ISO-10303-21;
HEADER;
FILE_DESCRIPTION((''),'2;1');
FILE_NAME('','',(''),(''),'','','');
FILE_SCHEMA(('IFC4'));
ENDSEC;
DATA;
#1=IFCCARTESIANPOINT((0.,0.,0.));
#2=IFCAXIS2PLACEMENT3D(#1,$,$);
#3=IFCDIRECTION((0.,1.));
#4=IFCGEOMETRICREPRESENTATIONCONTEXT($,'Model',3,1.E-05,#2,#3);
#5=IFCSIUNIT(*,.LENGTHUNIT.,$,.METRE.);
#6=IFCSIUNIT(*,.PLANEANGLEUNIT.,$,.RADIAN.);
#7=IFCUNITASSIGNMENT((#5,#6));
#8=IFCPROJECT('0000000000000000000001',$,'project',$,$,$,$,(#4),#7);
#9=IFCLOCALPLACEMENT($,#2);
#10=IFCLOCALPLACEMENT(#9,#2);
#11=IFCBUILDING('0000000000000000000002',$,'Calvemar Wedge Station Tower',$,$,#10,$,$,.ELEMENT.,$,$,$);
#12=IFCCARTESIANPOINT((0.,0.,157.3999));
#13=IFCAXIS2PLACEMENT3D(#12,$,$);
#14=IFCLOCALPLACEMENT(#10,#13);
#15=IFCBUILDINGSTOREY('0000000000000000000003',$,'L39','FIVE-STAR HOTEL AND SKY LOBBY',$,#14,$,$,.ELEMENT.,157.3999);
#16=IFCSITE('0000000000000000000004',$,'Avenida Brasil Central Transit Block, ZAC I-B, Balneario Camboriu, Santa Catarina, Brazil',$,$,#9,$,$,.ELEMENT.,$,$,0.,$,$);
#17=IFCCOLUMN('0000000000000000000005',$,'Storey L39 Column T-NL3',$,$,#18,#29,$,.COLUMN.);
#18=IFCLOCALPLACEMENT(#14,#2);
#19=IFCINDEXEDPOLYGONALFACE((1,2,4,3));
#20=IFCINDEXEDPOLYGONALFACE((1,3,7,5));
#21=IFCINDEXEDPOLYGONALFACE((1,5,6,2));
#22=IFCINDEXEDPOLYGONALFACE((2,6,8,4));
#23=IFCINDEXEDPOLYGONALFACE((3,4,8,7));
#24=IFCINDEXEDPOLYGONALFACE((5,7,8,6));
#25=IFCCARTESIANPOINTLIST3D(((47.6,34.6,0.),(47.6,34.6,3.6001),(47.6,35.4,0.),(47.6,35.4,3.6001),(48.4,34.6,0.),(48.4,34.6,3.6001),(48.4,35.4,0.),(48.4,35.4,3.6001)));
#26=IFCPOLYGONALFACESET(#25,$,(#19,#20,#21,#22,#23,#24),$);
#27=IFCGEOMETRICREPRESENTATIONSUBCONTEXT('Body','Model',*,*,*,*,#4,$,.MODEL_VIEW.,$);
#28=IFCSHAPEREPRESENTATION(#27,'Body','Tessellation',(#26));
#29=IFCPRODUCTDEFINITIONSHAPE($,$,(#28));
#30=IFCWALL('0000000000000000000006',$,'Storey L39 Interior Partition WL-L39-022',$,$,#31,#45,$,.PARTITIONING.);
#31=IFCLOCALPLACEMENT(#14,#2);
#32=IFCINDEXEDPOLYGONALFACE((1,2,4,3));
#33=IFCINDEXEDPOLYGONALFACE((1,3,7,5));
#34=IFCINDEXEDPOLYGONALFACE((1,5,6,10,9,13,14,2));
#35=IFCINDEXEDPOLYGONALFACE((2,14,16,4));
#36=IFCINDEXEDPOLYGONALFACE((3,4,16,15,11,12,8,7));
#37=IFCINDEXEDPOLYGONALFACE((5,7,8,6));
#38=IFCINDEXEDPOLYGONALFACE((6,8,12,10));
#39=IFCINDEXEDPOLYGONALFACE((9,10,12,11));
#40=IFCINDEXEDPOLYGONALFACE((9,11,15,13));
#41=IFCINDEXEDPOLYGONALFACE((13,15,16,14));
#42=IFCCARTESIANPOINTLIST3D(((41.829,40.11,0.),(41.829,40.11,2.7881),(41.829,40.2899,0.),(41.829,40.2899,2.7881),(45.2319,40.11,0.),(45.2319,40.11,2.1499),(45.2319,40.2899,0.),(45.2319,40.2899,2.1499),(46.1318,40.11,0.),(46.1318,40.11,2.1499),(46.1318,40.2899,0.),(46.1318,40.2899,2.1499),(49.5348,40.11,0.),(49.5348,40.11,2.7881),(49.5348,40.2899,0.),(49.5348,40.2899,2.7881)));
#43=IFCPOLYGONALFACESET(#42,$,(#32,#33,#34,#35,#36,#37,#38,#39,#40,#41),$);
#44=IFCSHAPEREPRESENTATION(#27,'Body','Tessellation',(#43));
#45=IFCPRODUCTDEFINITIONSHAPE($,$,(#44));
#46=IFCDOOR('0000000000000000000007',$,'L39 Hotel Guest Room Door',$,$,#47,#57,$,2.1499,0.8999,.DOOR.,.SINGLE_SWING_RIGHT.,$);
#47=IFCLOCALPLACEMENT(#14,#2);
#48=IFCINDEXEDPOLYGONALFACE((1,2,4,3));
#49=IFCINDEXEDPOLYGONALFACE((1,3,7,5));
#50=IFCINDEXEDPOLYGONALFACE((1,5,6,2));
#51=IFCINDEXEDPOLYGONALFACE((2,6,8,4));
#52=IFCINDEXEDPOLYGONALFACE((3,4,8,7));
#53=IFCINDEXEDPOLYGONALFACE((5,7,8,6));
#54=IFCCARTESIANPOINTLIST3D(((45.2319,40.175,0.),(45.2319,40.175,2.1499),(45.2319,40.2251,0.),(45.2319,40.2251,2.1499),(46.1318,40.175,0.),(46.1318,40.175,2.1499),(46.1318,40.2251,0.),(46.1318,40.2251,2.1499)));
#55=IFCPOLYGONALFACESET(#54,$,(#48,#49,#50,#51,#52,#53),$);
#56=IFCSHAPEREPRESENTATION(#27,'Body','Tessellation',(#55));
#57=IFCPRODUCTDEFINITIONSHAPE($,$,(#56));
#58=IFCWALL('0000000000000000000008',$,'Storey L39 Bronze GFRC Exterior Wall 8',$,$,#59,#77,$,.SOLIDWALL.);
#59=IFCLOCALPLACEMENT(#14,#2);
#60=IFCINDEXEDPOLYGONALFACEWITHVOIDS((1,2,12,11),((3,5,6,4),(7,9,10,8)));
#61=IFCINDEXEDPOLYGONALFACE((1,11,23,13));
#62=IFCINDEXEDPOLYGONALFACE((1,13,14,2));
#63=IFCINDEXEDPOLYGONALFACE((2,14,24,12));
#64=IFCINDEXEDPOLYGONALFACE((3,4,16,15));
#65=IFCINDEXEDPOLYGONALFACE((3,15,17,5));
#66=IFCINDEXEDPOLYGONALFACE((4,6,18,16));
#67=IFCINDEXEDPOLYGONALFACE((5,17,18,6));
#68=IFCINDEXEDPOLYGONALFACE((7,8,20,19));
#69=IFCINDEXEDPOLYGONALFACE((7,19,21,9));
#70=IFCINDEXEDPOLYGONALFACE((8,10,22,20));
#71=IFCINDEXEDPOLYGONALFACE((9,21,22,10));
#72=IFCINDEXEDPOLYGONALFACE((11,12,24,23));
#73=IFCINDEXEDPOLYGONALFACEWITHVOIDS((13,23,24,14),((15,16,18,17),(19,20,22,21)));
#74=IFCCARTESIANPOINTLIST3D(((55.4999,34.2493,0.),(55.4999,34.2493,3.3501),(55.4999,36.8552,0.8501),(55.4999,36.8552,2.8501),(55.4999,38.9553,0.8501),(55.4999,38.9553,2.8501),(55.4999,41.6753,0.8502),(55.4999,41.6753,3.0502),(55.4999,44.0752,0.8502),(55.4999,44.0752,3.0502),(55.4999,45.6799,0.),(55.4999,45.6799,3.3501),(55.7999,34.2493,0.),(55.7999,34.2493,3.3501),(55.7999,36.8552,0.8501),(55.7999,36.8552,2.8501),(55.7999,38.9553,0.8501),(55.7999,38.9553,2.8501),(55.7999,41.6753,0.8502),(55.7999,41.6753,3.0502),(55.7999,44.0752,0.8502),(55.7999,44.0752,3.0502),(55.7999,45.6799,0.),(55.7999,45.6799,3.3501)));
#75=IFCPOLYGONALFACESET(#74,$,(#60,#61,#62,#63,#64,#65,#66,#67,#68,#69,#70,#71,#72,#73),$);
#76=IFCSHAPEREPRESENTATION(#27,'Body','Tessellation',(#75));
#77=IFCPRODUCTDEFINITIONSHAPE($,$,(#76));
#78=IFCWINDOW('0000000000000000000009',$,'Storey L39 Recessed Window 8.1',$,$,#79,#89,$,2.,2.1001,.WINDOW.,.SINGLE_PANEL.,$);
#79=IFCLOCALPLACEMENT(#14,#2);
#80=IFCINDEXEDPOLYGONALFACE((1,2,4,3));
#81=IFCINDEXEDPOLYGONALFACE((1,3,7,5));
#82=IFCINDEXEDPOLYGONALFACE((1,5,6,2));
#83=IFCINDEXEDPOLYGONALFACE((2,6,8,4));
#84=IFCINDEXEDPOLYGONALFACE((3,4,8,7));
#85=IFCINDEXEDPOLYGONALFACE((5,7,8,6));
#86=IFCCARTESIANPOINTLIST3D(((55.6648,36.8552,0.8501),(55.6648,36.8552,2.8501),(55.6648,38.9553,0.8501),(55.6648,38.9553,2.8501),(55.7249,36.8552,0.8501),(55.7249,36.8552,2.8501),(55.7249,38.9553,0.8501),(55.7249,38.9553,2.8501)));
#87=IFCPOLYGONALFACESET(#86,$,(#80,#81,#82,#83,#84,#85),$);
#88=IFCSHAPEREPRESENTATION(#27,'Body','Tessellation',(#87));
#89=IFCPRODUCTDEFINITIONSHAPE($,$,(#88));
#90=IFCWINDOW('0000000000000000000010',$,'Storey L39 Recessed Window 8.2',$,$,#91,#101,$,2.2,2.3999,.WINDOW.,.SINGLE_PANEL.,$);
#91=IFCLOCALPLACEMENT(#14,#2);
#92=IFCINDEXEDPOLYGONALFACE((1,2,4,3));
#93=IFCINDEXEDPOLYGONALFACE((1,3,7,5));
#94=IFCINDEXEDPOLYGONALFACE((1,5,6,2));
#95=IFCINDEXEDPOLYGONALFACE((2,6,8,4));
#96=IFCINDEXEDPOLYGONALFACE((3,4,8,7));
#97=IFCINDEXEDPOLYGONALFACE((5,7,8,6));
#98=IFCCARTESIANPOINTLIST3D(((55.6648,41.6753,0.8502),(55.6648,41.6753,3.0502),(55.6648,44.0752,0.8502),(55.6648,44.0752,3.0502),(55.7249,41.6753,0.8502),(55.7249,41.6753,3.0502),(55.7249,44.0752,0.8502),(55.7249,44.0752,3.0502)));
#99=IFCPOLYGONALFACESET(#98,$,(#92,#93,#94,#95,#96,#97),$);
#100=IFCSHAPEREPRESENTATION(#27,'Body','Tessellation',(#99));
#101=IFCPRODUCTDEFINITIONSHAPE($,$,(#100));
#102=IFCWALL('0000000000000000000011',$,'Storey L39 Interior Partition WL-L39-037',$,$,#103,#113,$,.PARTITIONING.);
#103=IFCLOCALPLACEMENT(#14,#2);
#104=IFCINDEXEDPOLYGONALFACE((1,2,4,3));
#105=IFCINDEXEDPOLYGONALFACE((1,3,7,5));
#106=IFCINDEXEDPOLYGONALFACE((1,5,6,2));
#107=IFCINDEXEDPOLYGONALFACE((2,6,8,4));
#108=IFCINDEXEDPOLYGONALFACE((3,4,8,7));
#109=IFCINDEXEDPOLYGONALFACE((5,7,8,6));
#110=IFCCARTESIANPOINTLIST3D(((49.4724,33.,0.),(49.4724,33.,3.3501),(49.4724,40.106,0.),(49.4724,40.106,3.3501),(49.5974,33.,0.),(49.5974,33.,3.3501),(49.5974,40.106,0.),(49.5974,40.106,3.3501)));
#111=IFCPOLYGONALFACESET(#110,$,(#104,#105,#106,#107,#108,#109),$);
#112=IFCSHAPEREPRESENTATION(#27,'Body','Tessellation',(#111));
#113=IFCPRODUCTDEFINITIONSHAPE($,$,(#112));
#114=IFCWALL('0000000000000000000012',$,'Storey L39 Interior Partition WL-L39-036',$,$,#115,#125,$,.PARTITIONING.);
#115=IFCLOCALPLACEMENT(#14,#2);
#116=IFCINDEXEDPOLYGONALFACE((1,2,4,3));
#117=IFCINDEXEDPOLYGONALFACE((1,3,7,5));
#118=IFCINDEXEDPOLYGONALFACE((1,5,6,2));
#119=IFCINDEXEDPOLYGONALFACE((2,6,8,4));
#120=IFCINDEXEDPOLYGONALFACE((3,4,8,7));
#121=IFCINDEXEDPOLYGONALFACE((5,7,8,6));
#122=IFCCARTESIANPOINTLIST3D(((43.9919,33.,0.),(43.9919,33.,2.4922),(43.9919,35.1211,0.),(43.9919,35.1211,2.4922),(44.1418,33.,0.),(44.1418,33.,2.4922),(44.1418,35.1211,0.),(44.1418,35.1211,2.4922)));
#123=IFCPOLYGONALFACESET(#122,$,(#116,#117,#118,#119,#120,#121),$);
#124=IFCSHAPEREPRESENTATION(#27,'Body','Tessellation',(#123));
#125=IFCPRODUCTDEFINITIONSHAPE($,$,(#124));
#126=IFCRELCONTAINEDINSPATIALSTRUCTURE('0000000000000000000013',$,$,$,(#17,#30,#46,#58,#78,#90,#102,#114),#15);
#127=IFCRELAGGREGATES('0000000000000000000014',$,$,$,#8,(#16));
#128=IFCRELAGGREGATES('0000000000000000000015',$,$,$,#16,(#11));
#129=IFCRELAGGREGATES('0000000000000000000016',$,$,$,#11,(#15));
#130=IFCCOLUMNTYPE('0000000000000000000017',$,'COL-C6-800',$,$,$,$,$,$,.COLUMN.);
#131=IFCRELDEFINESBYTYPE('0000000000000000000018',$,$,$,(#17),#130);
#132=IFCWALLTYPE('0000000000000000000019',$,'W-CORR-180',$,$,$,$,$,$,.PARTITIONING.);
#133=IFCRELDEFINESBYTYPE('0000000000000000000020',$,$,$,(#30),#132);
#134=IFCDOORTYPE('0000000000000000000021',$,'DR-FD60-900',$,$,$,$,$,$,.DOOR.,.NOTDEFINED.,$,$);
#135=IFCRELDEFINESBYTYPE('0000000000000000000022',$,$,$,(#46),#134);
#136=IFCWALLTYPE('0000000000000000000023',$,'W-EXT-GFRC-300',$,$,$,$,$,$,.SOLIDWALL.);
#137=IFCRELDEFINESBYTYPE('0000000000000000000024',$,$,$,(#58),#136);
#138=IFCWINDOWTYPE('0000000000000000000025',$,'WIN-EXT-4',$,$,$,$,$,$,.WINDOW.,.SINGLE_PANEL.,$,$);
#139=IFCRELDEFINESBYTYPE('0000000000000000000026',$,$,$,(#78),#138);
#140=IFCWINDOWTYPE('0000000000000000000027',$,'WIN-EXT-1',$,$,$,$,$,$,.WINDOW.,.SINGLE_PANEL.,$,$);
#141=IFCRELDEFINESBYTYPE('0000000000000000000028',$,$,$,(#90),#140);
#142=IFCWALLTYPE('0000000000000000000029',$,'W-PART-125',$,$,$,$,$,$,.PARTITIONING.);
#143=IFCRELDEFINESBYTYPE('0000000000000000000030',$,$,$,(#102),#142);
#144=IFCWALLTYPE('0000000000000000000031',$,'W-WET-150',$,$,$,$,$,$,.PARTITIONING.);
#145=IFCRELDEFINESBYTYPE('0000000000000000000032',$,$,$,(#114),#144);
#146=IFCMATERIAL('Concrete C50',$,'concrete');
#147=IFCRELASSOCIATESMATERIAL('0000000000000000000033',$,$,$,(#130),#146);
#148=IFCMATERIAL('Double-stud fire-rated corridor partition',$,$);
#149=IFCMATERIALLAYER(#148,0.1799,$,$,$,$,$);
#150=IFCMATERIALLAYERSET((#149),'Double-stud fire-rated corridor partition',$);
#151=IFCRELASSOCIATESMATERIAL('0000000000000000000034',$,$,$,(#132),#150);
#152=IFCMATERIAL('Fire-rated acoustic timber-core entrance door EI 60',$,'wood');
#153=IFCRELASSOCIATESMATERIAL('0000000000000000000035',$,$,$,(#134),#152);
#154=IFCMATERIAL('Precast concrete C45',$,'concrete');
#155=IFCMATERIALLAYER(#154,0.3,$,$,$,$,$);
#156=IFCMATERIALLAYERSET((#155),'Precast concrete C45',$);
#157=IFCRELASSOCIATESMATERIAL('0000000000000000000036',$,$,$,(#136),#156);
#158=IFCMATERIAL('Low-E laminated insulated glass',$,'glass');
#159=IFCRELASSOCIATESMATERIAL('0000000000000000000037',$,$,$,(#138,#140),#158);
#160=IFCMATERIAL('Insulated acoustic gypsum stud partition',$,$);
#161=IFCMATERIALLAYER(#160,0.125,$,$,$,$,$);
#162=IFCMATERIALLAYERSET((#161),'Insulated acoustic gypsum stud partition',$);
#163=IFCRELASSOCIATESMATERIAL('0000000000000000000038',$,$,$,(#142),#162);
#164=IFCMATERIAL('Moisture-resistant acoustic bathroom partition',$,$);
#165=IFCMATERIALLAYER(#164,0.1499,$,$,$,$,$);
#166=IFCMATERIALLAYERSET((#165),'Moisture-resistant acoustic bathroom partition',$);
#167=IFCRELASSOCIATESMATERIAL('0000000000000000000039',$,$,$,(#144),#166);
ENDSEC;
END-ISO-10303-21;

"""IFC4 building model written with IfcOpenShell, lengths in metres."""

from ifc_helpers import new_model, si_unit, direction, frame, frame_2d, origin, origin_2d, place, context, subcontext, project, spatial, rectangle, extrude, source, transform, mapped, material, layer, layer_set, material_profile, profile_set, type_object, element, fill, save


model = new_model("IFC4")

# Units and contexts
model_context = context("Model", 3, precision=1e-05, world=origin(), true_north=direction((0.0, 1.0)))
body_context = subcontext(model_context, "Body", "Model", "MODEL_VIEW")
ifc_project = project(units=[si_unit("LENGTHUNIT", "METRE"), si_unit("PLANEANGLEUNIT", "RADIAN")], contexts=[model_context])

# Site, building, storey
site_placement = place(None, origin())
site = spatial("IfcSite", under=ifc_project, at=site_placement, Name="Avenida Brasil Central Transit Block, ZAC I-B, Balneario Camboriu, Santa Catarina, Brazil", CompositionType="ELEMENT", RefElevation=0.0)
building_placement = place(site_placement, origin())
building = spatial("IfcBuilding", under=site, at=building_placement, Name="Calvemar Wedge Station Tower", CompositionType="ELEMENT")
storey_placement = place(building_placement, frame((0.0, 0.0, 157.3999)))
storey = spatial("IfcBuildingStorey", under=building, at=storey_placement, Name="L39", Description="FIVE-STAR HOTEL AND SKY LOBBY", CompositionType="ELEMENT", Elevation=157.3999)

# Column
ifc_material_1 = material(Name="Concrete C50", Category="concrete")
ifc_material_profile = material_profile(ifc_material_1, rectangle(XDim=0.8, YDim=0.8, at=origin_2d()), Name="RC800x800")
ifc_profile_set = profile_set([ifc_material_profile], Name="Concrete C50")
column_type = type_object("IfcColumnType", Name="COL-C6-800", PredefinedType="COLUMN", material=ifc_profile_set)
shared_shape_1 = source(origin(), body_context, "Body", "SweptSolid", [
    extrude(rectangle(XDim=0.8, YDim=0.8, at=origin_2d()), origin(), (0.0, 0.0, 1.0), 3.6001),
])
column_placement = place(storey_placement, frame((48.0, 35.0, 0.0), z_axis=(0.0, 0.0, 1.0), x_axis=(1.0, 0.0, 0.0)))
element("IfcColumn", 1, at=column_placement, inside=storey, type_object=column_type, Name="Storey L39 Column T-NL3", PredefinedType="COLUMN", context=body_context, shape_type="MappedRepresentation", body=[
    mapped(shared_shape_1, transform((0.0, 0.0, 0.0), scale=1.0)),
])

# Wall, opening, door
ifc_material_2 = material(Name="Double-stud fire-rated corridor partition")
ifc_layer_1 = layer(ifc_material_2, 0.1799)
ifc_layer_set_1 = layer_set([ifc_layer_1], Name="Double-stud fire-rated corridor partition")
wall_type_1 = type_object("IfcWallType", Name="W-CORR-180", PredefinedType="PARTITIONING", material=ifc_layer_set_1)
wall_1_placement = place(storey_placement, frame((49.5349, 40.2, 0.0), z_axis=(0.0, 0.0, 1.0), x_axis=(-1.0, 0.0, 0.0)))
wall_1 = element("IfcWall", 2, at=wall_1_placement, inside=storey, type_object=wall_type_1, Name="Storey L39 Interior Partition WL-L39-022", PredefinedType="PARTITIONING", context=body_context, shape_type="SweptSolid", body=[
    extrude(rectangle(XDim=7.7058, YDim=0.1799, at=frame_2d((3.853, 0.0))), origin(), (0.0, 0.0, 1.0), 2.7881),
])
shared_shape_2 = source(origin(), body_context, "Body", "SweptSolid", [
    extrude(rectangle(XDim=0.8999, YDim=2.1499, at=frame_2d((0.45, 1.075))), frame((0.0, 0.1001, 0.0), z_axis=(0.0, -1.0, 0.0), x_axis=(1.0, 0.0, 0.0)), (0.0, 0.0, 1.0), 0.2),
])
opening_1_placement = place(wall_1_placement, frame((3.4031, 0.0, 0.0)))
opening_1 = element("IfcOpeningElement", 3, at=opening_1_placement, cuts=wall_1, PredefinedType="OPENING", context=body_context, shape_type="MappedRepresentation", body=[
    mapped(shared_shape_2, transform((0.0, 0.0, 0.0), scale=1.0)),
])
ifc_material_3 = material(Name="Fire-rated acoustic timber-core entrance door EI 60", Category="wood")
door_type_1 = type_object("IfcDoorType", Name="DR-FD60-900", OperationType="NOTDEFINED", PredefinedType="DOOR", material=ifc_material_3)
shared_shape_3 = source(origin(), body_context, "Body", "SweptSolid", [
    extrude(rectangle(XDim=0.8999, YDim=2.1499, at=frame_2d((0.45, 1.075))), frame((0.0, 0.0249, 0.0), z_axis=(0.0, -1.0, 0.0), x_axis=(1.0, 0.0, 0.0)), (0.0, 0.0, 1.0), 0.05),
])
door_1_placement = place(opening_1_placement, origin())
door_1 = element("IfcDoor", 4, at=door_1_placement, inside=storey, type_object=door_type_1, Name="L39 Hotel Guest Room Door", OperationType="SINGLE_SWING_RIGHT", OverallHeight=2.1499, OverallWidth=0.8999, PredefinedType="DOOR", context=body_context, shape_type="MappedRepresentation", body=[
    mapped(shared_shape_3, transform((0.0, 0.0, 0.0), scale=1.0)),
])
fill(opening_1, door_1)

# Wall, openings, windows
ifc_material_4 = material(Name="Precast concrete C45", Category="concrete")
ifc_layer_2 = layer(ifc_material_4, 0.3)
ifc_layer_set_2 = layer_set([ifc_layer_2], Name="Precast concrete C45")
wall_type_2 = type_object("IfcWallType", Name="W-EXT-GFRC-300", PredefinedType="SOLIDWALL", material=ifc_layer_set_2)
wall_2_placement = place(storey_placement, frame((55.6499, 34.2493, 0.0), z_axis=(0.0, 0.0, 1.0), x_axis=(0.0, 1.0, 0.0)))
wall_2 = element("IfcWall", 5, at=wall_2_placement, inside=storey, type_object=wall_type_2, Name="Storey L39 Bronze GFRC Exterior Wall 8", PredefinedType="SOLIDWALL", context=body_context, shape_type="SweptSolid", body=[
    extrude(rectangle(XDim=11.4307, YDim=0.3, at=frame_2d((5.7153, 0.0))), origin(), (0.0, 0.0, 1.0), 3.3501),
])
shared_shape_4 = source(origin(), body_context, "Body", "SweptSolid", [
    extrude(rectangle(XDim=2.1001, YDim=2.0, at=frame_2d((1.05, 1.0))), frame((0.0, 0.1602, 0.0), z_axis=(0.0, -1.0, 0.0), x_axis=(1.0, 0.0, 0.0)), (0.0, 0.0, 1.0), 0.3201),
])
opening_2_placement = place(wall_2_placement, frame((2.606, 0.0, 0.8501)))
opening_2 = element("IfcOpeningElement", 6, at=opening_2_placement, cuts=wall_2, PredefinedType="OPENING", context=body_context, shape_type="MappedRepresentation", body=[
    mapped(shared_shape_4, transform((0.0, 0.0, 0.0), scale=1.0)),
])
shared_shape_5 = source(origin(), body_context, "Body", "SweptSolid", [
    extrude(rectangle(XDim=2.3999, YDim=2.2, at=frame_2d((1.2, 1.1001))), frame((0.0, 0.1602, 0.0), z_axis=(0.0, -1.0, 0.0), x_axis=(1.0, 0.0, 0.0)), (0.0, 0.0, 1.0), 0.3201),
])
opening_3_placement = place(wall_2_placement, frame((7.426, 0.0, 0.8501)))
opening_3 = element("IfcOpeningElement", 7, at=opening_3_placement, cuts=wall_2, PredefinedType="OPENING", context=body_context, shape_type="MappedRepresentation", body=[
    mapped(shared_shape_5, transform((0.0, 0.0, 0.0), scale=1.0)),
])
ifc_material_5 = material(Name="Low-E laminated insulated glass", Category="glass")
window_type_1 = type_object("IfcWindowType", Name="WIN-EXT-4", PartitioningType="SINGLE_PANEL", PredefinedType="WINDOW", material=ifc_material_5)
shared_shape_6 = source(origin(), body_context, "Body", "SweptSolid", [
    extrude(rectangle(XDim=2.1001, YDim=2.0, at=frame_2d((1.05, 1.0))), frame((0.0, -0.0149, 0.0), z_axis=(0.0, -1.0, 0.0), x_axis=(1.0, 0.0, 0.0)), (0.0, 0.0, 1.0), 0.0601),
])
window_1_placement = place(opening_2_placement, origin())
window_1 = element("IfcWindow", 8, at=window_1_placement, inside=storey, type_object=window_type_1, Name="Storey L39 Recessed Window 8.1", OverallHeight=2.0, OverallWidth=2.1001, PartitioningType="SINGLE_PANEL", PredefinedType="WINDOW", context=body_context, shape_type="MappedRepresentation", body=[
    mapped(shared_shape_6, transform((0.0, 0.0, 0.0), scale=1.0)),
])
fill(opening_2, window_1)
window_type_2 = type_object("IfcWindowType", Name="WIN-EXT-1", PartitioningType="SINGLE_PANEL", PredefinedType="WINDOW", material=ifc_material_5)
shared_shape_7 = source(origin(), body_context, "Body", "SweptSolid", [
    extrude(rectangle(XDim=2.3999, YDim=2.2, at=frame_2d((1.2, 1.1001))), frame((0.0, -0.0149, 0.0), z_axis=(0.0, -1.0, 0.0), x_axis=(1.0, 0.0, 0.0)), (0.0, 0.0, 1.0), 0.0601),
])
window_2_placement = place(opening_3_placement, origin())
window_2 = element("IfcWindow", 9, at=window_2_placement, inside=storey, type_object=window_type_2, Name="Storey L39 Recessed Window 8.2", OverallHeight=2.2, OverallWidth=2.3999, PartitioningType="SINGLE_PANEL", PredefinedType="WINDOW", context=body_context, shape_type="MappedRepresentation", body=[
    mapped(shared_shape_7, transform((0.0, 0.0, 0.0), scale=1.0)),
])
fill(opening_3, window_2)

# Walls
ifc_material_6 = material(Name="Insulated acoustic gypsum stud partition")
ifc_layer_3 = layer(ifc_material_6, 0.125)
ifc_layer_set_3 = layer_set([ifc_layer_3], Name="Insulated acoustic gypsum stud partition")
wall_type_3 = type_object("IfcWallType", Name="W-PART-125", PredefinedType="PARTITIONING", material=ifc_layer_set_3)
wall_3_placement = place(storey_placement, frame((49.5349, 40.106, 0.0), z_axis=(0.0, 0.0, 1.0), x_axis=(0.0, -1.0, 0.0)))
element("IfcWall", 10, at=wall_3_placement, inside=storey, type_object=wall_type_3, Name="Storey L39 Interior Partition WL-L39-037", PredefinedType="PARTITIONING", context=body_context, shape_type="SweptSolid", body=[
    extrude(rectangle(XDim=7.106, YDim=0.125, at=frame_2d((3.553, 0.0))), origin(), (0.0, 0.0, 1.0), 3.3501),
])
ifc_material_7 = material(Name="Moisture-resistant acoustic bathroom partition")
ifc_layer_4 = layer(ifc_material_7, 0.1499)
ifc_layer_set_4 = layer_set([ifc_layer_4], Name="Moisture-resistant acoustic bathroom partition")
wall_type_4 = type_object("IfcWallType", Name="W-WET-150", PredefinedType="PARTITIONING", material=ifc_layer_set_4)
wall_4_placement = place(storey_placement, frame((44.0669, 35.1211, 0.0), z_axis=(0.0, 0.0, 1.0), x_axis=(0.0, -1.0, 0.0)))
element("IfcWall", 11, at=wall_4_placement, inside=storey, type_object=wall_type_4, Name="Storey L39 Interior Partition WL-L39-036", PredefinedType="PARTITIONING", context=body_context, shape_type="SweptSolid", body=[
    extrude(rectangle(XDim=2.1211, YDim=0.1499, at=frame_2d((1.0605, 0.0))), origin(), (0.0, 0.0, 1.0), 2.4922),
])

save(model, "model.ifc")
